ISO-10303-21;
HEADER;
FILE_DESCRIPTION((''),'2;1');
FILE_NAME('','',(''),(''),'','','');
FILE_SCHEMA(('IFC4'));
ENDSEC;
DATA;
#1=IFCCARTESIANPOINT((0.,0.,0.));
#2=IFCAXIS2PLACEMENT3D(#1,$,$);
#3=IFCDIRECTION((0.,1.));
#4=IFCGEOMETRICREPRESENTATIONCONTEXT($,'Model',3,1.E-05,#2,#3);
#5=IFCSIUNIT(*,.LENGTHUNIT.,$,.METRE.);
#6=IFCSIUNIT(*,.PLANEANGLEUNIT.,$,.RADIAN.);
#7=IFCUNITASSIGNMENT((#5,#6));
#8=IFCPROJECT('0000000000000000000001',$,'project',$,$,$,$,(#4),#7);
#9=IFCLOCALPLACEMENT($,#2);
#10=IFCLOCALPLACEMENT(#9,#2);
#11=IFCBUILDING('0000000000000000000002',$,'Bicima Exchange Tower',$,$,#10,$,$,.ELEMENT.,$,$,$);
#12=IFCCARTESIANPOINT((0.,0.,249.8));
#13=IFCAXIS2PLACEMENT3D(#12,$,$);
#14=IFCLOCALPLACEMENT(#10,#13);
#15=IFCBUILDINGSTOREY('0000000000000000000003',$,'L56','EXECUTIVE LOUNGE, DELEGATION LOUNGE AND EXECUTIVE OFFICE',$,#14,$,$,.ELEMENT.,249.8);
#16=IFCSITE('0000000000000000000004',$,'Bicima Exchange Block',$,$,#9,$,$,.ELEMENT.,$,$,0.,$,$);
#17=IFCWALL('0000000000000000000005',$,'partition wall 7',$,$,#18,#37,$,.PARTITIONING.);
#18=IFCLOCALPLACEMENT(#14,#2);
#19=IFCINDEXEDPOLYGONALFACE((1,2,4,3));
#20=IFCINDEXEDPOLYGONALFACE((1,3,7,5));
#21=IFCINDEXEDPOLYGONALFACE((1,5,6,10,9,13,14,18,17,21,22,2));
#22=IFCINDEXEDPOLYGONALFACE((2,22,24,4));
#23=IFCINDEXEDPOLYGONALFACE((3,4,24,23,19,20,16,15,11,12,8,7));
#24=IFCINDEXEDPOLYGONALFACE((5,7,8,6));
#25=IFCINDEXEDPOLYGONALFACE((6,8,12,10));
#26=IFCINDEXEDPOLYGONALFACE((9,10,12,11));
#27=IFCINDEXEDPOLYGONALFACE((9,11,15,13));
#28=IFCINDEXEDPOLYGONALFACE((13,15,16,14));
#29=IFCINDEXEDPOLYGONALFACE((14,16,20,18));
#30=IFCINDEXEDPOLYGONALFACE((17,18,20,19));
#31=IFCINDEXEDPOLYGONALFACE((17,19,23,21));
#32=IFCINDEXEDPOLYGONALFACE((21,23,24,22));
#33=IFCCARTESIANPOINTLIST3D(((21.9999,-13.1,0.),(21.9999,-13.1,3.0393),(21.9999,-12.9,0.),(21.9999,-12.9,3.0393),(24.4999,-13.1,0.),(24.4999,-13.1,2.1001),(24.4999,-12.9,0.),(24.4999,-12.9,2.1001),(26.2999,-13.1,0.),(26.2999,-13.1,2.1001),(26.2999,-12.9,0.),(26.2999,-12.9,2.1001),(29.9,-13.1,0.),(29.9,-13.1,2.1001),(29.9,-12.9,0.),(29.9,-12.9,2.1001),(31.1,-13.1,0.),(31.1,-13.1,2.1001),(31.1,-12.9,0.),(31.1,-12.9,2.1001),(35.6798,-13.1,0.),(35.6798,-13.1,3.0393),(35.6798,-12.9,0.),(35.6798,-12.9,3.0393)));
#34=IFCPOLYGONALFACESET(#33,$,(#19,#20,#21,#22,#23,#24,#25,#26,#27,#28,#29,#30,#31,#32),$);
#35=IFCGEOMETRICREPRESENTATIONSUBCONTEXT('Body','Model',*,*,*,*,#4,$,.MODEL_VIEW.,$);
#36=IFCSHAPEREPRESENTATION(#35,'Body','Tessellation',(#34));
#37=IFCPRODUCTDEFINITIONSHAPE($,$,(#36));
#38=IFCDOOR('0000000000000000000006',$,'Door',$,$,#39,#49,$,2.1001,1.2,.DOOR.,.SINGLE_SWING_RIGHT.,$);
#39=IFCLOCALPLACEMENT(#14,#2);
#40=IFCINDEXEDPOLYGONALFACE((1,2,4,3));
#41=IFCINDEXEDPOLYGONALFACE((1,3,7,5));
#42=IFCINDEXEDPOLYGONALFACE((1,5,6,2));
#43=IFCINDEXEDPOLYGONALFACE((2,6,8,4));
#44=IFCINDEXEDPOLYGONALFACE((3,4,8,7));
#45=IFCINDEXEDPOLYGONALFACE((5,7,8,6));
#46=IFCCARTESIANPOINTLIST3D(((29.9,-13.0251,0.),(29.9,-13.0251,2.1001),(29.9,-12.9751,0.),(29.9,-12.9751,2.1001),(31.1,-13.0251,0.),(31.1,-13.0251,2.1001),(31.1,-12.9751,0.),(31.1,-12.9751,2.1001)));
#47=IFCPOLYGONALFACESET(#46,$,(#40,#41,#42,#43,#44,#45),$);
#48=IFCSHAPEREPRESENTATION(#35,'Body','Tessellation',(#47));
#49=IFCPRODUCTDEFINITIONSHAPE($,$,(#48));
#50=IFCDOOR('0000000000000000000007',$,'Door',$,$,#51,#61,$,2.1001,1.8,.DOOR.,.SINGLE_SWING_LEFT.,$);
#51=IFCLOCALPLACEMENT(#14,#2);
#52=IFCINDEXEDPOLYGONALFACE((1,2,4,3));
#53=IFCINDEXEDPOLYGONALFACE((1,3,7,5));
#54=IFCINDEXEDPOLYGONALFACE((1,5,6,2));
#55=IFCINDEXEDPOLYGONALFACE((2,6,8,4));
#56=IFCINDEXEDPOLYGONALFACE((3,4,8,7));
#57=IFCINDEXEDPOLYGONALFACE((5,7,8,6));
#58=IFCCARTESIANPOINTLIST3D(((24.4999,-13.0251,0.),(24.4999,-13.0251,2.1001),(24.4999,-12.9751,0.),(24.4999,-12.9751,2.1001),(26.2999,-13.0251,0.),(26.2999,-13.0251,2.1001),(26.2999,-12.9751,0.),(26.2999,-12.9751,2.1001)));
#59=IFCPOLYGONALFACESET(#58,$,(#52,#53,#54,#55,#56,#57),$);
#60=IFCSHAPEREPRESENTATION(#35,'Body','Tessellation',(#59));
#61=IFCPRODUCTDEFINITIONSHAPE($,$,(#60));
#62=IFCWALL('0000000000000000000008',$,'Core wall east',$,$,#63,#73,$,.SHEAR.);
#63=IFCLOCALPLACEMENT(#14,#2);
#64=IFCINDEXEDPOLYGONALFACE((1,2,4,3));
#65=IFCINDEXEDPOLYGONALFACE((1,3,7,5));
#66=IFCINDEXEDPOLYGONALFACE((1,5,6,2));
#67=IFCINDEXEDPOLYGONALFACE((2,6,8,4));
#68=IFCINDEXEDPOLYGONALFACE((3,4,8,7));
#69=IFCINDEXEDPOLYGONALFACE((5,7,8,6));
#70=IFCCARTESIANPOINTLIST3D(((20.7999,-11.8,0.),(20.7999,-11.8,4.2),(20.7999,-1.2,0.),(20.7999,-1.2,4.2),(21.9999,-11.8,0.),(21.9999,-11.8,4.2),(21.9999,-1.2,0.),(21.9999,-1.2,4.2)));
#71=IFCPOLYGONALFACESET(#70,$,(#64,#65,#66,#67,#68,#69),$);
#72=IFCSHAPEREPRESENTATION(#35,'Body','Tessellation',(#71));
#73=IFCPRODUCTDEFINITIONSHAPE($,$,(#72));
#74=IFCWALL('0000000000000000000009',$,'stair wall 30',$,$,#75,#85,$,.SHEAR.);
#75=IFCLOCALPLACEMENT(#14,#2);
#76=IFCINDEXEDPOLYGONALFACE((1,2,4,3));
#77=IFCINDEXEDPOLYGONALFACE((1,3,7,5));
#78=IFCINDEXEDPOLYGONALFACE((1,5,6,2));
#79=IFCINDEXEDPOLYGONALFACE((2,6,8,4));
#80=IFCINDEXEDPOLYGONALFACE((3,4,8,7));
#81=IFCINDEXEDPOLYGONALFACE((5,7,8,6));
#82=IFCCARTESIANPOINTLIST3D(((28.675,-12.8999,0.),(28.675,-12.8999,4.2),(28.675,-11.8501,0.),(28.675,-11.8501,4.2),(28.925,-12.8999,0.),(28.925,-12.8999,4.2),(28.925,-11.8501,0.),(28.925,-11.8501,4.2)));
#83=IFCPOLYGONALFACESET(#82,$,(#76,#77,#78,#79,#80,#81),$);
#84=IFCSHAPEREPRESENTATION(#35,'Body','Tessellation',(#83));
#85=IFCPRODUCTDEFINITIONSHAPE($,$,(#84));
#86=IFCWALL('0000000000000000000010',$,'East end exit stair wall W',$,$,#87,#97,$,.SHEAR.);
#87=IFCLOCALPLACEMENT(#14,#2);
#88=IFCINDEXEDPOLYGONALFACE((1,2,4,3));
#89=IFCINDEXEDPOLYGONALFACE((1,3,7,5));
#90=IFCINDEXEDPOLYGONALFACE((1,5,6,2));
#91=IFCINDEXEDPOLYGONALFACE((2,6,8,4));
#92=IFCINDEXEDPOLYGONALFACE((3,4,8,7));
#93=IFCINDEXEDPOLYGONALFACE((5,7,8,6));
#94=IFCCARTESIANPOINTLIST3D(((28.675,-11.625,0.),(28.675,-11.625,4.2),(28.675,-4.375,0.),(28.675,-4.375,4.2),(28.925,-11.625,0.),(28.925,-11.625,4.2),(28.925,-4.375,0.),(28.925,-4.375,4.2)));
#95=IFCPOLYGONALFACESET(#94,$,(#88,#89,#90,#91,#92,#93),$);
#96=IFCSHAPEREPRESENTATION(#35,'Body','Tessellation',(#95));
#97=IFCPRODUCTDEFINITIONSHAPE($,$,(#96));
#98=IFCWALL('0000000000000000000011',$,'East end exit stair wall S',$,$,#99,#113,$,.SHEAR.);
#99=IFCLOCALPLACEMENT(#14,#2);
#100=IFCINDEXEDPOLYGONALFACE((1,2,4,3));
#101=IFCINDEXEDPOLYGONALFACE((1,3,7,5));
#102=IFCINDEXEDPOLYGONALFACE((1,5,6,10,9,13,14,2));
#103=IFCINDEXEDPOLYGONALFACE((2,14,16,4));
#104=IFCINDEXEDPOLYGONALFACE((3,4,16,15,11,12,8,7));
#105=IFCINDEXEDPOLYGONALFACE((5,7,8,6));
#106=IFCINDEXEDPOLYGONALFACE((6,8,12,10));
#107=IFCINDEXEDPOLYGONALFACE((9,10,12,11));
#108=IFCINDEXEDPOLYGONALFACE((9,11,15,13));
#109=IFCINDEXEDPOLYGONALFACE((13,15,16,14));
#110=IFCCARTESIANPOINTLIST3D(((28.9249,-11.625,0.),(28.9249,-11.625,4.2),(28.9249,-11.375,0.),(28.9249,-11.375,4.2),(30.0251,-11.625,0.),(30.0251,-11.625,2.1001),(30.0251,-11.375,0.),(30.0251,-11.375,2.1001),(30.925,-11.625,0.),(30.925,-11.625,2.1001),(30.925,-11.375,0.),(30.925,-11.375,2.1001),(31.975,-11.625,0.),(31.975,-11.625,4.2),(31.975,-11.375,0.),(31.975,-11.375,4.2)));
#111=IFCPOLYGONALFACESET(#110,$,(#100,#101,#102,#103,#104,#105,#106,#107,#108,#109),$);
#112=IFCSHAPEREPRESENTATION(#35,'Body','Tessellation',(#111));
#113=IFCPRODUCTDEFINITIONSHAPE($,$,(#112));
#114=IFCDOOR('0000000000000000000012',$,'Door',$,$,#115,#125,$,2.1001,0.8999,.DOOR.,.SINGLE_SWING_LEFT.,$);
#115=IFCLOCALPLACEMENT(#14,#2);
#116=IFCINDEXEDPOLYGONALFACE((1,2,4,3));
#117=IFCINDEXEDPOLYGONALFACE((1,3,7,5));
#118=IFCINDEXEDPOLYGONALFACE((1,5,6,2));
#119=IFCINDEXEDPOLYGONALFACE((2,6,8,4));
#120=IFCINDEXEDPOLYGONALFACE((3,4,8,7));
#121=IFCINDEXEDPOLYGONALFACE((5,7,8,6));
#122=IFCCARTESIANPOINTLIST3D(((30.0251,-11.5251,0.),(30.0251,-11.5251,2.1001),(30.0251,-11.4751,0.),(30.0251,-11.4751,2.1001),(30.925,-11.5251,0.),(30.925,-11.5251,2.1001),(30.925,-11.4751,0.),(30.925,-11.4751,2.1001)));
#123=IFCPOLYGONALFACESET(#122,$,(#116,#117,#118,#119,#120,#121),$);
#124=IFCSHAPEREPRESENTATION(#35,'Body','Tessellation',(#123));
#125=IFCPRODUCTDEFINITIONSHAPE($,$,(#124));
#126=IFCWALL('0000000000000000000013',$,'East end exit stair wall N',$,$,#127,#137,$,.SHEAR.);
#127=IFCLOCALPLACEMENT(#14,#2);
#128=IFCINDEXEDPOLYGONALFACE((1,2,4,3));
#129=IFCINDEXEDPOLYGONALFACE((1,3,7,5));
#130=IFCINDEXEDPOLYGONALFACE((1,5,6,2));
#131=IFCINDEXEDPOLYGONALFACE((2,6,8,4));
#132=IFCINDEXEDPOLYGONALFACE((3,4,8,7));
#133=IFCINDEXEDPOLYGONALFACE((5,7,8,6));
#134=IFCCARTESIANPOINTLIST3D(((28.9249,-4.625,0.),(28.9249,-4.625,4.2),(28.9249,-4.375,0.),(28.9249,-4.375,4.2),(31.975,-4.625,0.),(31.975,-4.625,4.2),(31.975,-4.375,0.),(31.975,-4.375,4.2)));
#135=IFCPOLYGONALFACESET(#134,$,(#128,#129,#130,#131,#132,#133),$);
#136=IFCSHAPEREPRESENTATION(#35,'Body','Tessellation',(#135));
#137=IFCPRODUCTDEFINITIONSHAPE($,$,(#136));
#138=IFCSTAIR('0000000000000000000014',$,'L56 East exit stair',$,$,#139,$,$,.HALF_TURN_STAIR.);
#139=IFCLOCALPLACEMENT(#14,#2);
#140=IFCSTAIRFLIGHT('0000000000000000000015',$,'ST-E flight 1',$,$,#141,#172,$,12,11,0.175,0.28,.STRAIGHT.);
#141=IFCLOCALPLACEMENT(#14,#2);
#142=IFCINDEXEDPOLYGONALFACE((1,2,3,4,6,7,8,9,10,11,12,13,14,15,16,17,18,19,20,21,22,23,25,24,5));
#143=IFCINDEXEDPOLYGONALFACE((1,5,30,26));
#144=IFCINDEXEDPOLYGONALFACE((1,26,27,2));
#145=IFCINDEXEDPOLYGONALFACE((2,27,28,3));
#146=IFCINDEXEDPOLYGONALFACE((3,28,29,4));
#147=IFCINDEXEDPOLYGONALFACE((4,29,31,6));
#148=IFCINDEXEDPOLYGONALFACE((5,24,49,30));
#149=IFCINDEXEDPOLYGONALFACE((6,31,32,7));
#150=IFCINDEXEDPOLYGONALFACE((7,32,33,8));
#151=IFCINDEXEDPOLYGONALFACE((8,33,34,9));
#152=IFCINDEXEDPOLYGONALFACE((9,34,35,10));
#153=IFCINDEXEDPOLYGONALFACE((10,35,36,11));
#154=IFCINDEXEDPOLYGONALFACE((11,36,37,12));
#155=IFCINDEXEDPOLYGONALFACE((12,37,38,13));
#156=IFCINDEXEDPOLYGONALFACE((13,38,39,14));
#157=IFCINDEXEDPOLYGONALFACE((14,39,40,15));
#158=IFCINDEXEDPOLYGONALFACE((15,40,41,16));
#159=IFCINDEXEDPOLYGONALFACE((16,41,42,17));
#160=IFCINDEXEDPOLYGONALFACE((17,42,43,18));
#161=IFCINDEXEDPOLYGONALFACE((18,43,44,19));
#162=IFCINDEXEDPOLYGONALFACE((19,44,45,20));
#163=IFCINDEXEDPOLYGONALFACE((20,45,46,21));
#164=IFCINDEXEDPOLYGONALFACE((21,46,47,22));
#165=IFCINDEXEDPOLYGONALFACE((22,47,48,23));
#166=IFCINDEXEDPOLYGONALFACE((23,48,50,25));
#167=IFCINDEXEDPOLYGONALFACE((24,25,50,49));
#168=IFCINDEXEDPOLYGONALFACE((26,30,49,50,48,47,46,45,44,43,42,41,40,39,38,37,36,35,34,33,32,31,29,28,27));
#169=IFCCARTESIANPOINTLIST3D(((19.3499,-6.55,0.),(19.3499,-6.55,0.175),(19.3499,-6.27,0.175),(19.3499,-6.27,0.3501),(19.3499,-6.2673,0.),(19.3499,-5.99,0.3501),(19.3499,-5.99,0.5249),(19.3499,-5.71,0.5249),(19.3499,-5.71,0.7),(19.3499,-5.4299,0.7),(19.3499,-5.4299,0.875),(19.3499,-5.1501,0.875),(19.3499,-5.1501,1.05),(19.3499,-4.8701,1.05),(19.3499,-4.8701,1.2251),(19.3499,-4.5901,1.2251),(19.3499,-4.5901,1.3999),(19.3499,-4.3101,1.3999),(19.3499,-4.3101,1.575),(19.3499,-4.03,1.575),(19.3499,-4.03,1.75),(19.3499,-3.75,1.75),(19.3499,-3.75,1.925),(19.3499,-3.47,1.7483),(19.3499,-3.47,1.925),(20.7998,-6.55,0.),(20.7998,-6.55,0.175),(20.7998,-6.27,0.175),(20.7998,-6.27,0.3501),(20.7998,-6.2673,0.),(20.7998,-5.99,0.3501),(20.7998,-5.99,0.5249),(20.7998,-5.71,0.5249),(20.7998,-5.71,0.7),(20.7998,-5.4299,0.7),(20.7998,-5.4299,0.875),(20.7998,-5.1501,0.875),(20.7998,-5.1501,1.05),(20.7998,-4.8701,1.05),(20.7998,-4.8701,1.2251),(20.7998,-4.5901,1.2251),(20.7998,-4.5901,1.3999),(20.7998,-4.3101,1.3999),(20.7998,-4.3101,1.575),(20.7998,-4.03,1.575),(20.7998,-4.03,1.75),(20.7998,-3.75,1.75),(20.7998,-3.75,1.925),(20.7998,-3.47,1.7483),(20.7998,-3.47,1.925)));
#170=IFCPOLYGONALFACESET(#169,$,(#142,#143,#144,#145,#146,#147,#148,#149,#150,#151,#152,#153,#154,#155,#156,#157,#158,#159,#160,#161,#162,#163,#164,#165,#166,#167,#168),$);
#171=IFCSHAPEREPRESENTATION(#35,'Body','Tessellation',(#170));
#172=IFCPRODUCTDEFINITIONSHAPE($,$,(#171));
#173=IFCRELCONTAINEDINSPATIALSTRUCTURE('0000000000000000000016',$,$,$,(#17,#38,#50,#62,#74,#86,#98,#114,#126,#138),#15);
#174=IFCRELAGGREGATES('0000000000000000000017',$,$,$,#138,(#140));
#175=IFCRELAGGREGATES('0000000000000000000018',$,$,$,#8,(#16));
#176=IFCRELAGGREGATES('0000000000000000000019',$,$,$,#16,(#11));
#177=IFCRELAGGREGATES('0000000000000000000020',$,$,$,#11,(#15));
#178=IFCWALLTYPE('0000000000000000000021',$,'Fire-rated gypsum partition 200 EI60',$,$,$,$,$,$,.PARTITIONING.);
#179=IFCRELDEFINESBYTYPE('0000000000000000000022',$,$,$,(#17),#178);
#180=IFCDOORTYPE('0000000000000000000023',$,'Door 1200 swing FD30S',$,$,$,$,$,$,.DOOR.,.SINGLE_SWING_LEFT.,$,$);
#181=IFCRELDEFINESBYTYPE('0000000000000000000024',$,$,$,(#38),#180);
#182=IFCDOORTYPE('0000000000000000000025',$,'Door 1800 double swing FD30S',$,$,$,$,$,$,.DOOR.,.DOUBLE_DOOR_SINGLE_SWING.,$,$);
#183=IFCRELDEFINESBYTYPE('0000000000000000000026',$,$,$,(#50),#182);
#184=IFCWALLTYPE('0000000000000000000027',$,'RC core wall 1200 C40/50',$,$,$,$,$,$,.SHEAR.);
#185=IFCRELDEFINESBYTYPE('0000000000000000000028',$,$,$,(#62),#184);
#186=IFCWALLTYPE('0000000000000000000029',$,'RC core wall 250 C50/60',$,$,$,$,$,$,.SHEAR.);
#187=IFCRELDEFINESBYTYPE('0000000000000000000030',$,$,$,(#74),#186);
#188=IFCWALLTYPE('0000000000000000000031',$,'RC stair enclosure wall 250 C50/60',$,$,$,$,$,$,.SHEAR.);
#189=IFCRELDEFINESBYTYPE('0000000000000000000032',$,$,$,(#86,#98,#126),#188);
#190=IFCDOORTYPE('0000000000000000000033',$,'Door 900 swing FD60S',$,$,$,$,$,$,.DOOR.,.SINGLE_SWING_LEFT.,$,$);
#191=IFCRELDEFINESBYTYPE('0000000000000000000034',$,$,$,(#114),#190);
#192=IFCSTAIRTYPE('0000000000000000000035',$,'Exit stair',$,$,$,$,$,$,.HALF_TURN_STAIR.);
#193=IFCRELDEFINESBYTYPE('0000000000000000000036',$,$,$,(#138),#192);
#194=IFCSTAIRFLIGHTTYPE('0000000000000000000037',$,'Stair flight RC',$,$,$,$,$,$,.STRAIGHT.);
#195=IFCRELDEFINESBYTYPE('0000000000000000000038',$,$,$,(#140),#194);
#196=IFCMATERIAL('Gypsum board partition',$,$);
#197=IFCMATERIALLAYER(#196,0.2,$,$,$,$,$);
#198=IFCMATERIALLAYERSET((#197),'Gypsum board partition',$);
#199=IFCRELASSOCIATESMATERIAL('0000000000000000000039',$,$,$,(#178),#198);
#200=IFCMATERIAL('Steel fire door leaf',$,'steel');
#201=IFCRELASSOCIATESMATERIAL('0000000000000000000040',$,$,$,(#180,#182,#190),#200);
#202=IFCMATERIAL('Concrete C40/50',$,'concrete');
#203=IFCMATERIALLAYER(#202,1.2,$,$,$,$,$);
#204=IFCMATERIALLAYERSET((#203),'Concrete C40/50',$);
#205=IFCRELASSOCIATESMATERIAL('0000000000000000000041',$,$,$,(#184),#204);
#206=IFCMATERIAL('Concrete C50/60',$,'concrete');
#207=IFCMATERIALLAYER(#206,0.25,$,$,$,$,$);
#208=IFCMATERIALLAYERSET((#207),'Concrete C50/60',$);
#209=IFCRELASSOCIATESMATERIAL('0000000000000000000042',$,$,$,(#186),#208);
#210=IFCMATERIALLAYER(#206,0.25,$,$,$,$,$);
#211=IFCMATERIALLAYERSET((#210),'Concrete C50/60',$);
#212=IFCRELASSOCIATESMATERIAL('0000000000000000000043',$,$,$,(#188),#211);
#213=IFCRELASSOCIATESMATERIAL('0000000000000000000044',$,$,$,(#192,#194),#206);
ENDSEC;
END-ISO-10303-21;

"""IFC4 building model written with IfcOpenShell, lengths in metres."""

from ifc_helpers import new_model, si_unit, direction, frame, frame_2d, origin, place, context, subcontext, project, spatial, polyline, rectangle, outline, extrude, material, layer, layer_set, type_object, element, fill, aggregate, save


model = new_model("IFC4")

# Units and contexts
model_context = context("Model", 3, precision=1e-05, world=origin(), true_north=direction((0.0, 1.0)))
body_context = subcontext(model_context, "Body", "Model", "MODEL_VIEW")
ifc_project = project(units=[si_unit("LENGTHUNIT", "METRE"), si_unit("PLANEANGLEUNIT", "RADIAN")], contexts=[model_context])

# Site, building, storey
site_placement = place(None, origin())
site = spatial("IfcSite", under=ifc_project, at=site_placement, Name="Bicima Exchange Block", CompositionType="ELEMENT", RefElevation=0.0)
building_placement = place(site_placement, origin())
building = spatial("IfcBuilding", under=site, at=building_placement, Name="Bicima Exchange Tower", CompositionType="ELEMENT")
storey_placement = place(building_placement, frame((0.0, 0.0, 249.8)))
storey = spatial("IfcBuildingStorey", under=building, at=storey_placement, Name="L56", Description="EXECUTIVE LOUNGE, DELEGATION LOUNGE AND EXECUTIVE OFFICE", CompositionType="ELEMENT", Elevation=249.8)

# Wall, openings, doors
ifc_material_1 = material(Name="Gypsum board partition")
ifc_layer_1 = layer(ifc_material_1, 0.2)
ifc_layer_set_1 = layer_set([ifc_layer_1], Name="Gypsum board partition")
wall_type_1 = type_object("IfcWallType", Name="Fire-rated gypsum partition 200 EI60", PredefinedType="PARTITIONING", material=ifc_layer_set_1)
wall_1_placement = place(storey_placement, frame((22.0, -13.0, 0.0), z_axis=(0.0, 0.0, 1.0), x_axis=(1.0, 0.0, 0.0)))
wall_1 = element("IfcWall", 1, at=wall_1_placement, inside=storey, type_object=wall_type_1, Name="partition wall 7", PredefinedType="PARTITIONING", context=body_context, shape_type="SweptSolid", body=[
    extrude(rectangle(XDim=13.6799, YDim=0.2, at=frame_2d((6.8398, 0.0))), origin(), (0.0, 0.0, 1.0), 3.0393),
])
opening_1_placement = place(wall_1_placement, frame((7.8999, 0.0, 0.0)))
opening_1 = element("IfcOpeningElement", 2, at=opening_1_placement, cuts=wall_1, PredefinedType="OPENING", context=body_context, shape_type="SweptSolid", body=[
    extrude(rectangle(XDim=1.2, YDim=2.1001, at=frame_2d((0.6001, 1.05))), frame((0.0, 0.1118, 0.0), z_axis=(0.0, -1.0, 0.0), x_axis=(1.0, 0.0, 0.0)), (0.0, 0.0, 1.0), 0.2239),
])
opening_2_placement = place(wall_1_placement, frame((2.5, 0.0, 0.0)))
opening_2 = element("IfcOpeningElement", 3, at=opening_2_placement, cuts=wall_1, PredefinedType="OPENING", context=body_context, shape_type="SweptSolid", body=[
    extrude(rectangle(XDim=1.8, YDim=2.1001, at=frame_2d((0.8999, 1.05))), frame((0.0, 0.1118, 0.0), z_axis=(0.0, -1.0, 0.0), x_axis=(1.0, 0.0, 0.0)), (0.0, 0.0, 1.0), 0.2239),
])
ifc_material_2 = material(Name="Steel fire door leaf", Category="steel")
door_type_1 = type_object("IfcDoorType", Name="Door 1200 swing FD30S", OperationType="SINGLE_SWING_LEFT", PredefinedType="DOOR", material=ifc_material_2)
door_1_placement = place(opening_1_placement, origin())
door_1 = element("IfcDoor", 4, at=door_1_placement, inside=storey, type_object=door_type_1, Name="Door", OperationType="SINGLE_SWING_RIGHT", OverallHeight=2.1001, OverallWidth=1.2, PredefinedType="DOOR", context=body_context, shape_type="SweptSolid", body=[
    extrude(rectangle(XDim=1.2, YDim=2.1001, at=frame_2d((0.6001, 1.05))), frame((0.0, 0.0249, 0.0), z_axis=(0.0, -1.0, 0.0), x_axis=(1.0, 0.0, 0.0)), (0.0, 0.0, 1.0), 0.05),
])
fill(opening_1, door_1)
door_type_2 = type_object("IfcDoorType", Name="Door 1800 double swing FD30S", OperationType="DOUBLE_DOOR_SINGLE_SWING", PredefinedType="DOOR", material=ifc_material_2)
door_2_placement = place(opening_2_placement, origin())
door_2 = element("IfcDoor", 5, at=door_2_placement, inside=storey, type_object=door_type_2, Name="Door", OperationType="SINGLE_SWING_LEFT", OverallHeight=2.1001, OverallWidth=1.8, PredefinedType="DOOR", context=body_context, shape_type="SweptSolid", body=[
    extrude(rectangle(XDim=1.8, YDim=2.1001, at=frame_2d((0.8999, 1.05))), frame((0.0, 0.0249, 0.0), z_axis=(0.0, -1.0, 0.0), x_axis=(1.0, 0.0, 0.0)), (0.0, 0.0, 1.0), 0.05),
])
fill(opening_2, door_2)

# Walls
ifc_material_3 = material(Name="Concrete C40/50", Category="concrete")
ifc_layer_2 = layer(ifc_material_3, 1.2)
ifc_layer_set_2 = layer_set([ifc_layer_2], Name="Concrete C40/50")
wall_type_2 = type_object("IfcWallType", Name="RC core wall 1200 C40/50", PredefinedType="SHEAR", material=ifc_layer_set_2)
wall_2_placement = place(storey_placement, frame((21.3999, -11.8, 0.0), z_axis=(0.0, 0.0, 1.0), x_axis=(0.0, 1.0, 0.0)))
element("IfcWall", 6, at=wall_2_placement, inside=storey, type_object=wall_type_2, Name="Core wall east", PredefinedType="SHEAR", context=body_context, shape_type="SweptSolid", body=[
    extrude(rectangle(XDim=10.6001, YDim=1.2, at=frame_2d((5.3, 0.0))), origin(), (0.0, 0.0, 1.0), 4.2),
])
ifc_material_4 = material(Name="Concrete C50/60", Category="concrete")
ifc_layer_3 = layer(ifc_material_4, 0.25)
ifc_layer_set_3 = layer_set([ifc_layer_3], Name="Concrete C50/60")
wall_type_3 = type_object("IfcWallType", Name="RC core wall 250 C50/60", PredefinedType="SHEAR", material=ifc_layer_set_3)
wall_3_placement = place(storey_placement, frame((28.8, -12.8999, 0.0), z_axis=(0.0, 0.0, 1.0), x_axis=(0.0, 1.0, 0.0)))
element("IfcWall", 7, at=wall_3_placement, inside=storey, type_object=wall_type_3, Name="stair wall 30", PredefinedType="SHEAR", context=body_context, shape_type="SweptSolid", body=[
    extrude(rectangle(XDim=1.0498, YDim=0.25, at=frame_2d((0.5249, 0.0))), origin(), (0.0, 0.0, 1.0), 4.2),
])
ifc_layer_4 = layer(ifc_material_4, 0.25)
ifc_layer_set_4 = layer_set([ifc_layer_4], Name="Concrete C50/60")
wall_type_4 = type_object("IfcWallType", Name="RC stair enclosure wall 250 C50/60", PredefinedType="SHEAR", material=ifc_layer_set_4)
wall_4_placement = place(storey_placement, frame((28.8, -11.625, 0.0), z_axis=(0.0, 0.0, 1.0), x_axis=(0.0, 1.0, 0.0)))
element("IfcWall", 8, at=wall_4_placement, inside=storey, type_object=wall_type_4, Name="East end exit stair wall W", PredefinedType="SHEAR", context=body_context, shape_type="SweptSolid", body=[
    extrude(rectangle(XDim=7.25, YDim=0.25, at=frame_2d((3.625, 0.0))), origin(), (0.0, 0.0, 1.0), 4.2),
])

# Wall, opening, door
wall_5_placement = place(storey_placement, frame((28.925, -11.5, 0.0), z_axis=(0.0, 0.0, 1.0), x_axis=(1.0, 0.0, 0.0)))
wall_5 = element("IfcWall", 9, at=wall_5_placement, inside=storey, type_object=wall_type_4, Name="East end exit stair wall S", PredefinedType="SHEAR", context=body_context, shape_type="SweptSolid", body=[
    extrude(rectangle(XDim=3.05, YDim=0.25, at=frame_2d((1.5249, 0.0))), origin(), (0.0, 0.0, 1.0), 4.2),
])
opening_3_placement = place(wall_5_placement, frame((1.1001, 0.0, 0.0)))
opening_3 = element("IfcOpeningElement", 10, at=opening_3_placement, cuts=wall_5, PredefinedType="OPENING", context=body_context, shape_type="SweptSolid", body=[
    extrude(rectangle(XDim=0.8999, YDim=2.1001, at=frame_2d((0.45, 1.05))), frame((0.0, 0.137, 0.0), z_axis=(0.0, -1.0, 0.0), x_axis=(1.0, 0.0, 0.0)), (0.0, 0.0, 1.0), 0.2739),
])
door_type_3 = type_object("IfcDoorType", Name="Door 900 swing FD60S", OperationType="SINGLE_SWING_LEFT", PredefinedType="DOOR", material=ifc_material_2)
door_3_placement = place(opening_3_placement, origin())
door_3 = element("IfcDoor", 11, at=door_3_placement, inside=storey, type_object=door_type_3, Name="Door", OperationType="SINGLE_SWING_LEFT", OverallHeight=2.1001, OverallWidth=0.8999, PredefinedType="DOOR", context=body_context, shape_type="SweptSolid", body=[
    extrude(rectangle(XDim=0.8999, YDim=2.1001, at=frame_2d((0.45, 1.05))), frame((0.0, 0.0249, 0.0), z_axis=(0.0, -1.0, 0.0), x_axis=(1.0, 0.0, 0.0)), (0.0, 0.0, 1.0), 0.05),
])
fill(opening_3, door_3)

# Wall
wall_6_placement = place(storey_placement, frame((28.925, -4.5, 0.0), z_axis=(0.0, 0.0, 1.0), x_axis=(1.0, 0.0, 0.0)))
element("IfcWall", 12, at=wall_6_placement, inside=storey, type_object=wall_type_4, Name="East end exit stair wall N", PredefinedType="SHEAR", context=body_context, shape_type="SweptSolid", body=[
    extrude(rectangle(XDim=3.05, YDim=0.25, at=frame_2d((1.5249, 0.0))), origin(), (0.0, 0.0, 1.0), 4.2),
])

# Stair, stair flight
stair_type = type_object("IfcStairType", Name="Exit stair", PredefinedType="HALF_TURN_STAIR", material=ifc_material_4)
stair_placement = place(storey_placement, origin())
stair = element("IfcStair", 13, at=stair_placement, inside=storey, type_object=stair_type, Name="L56 East exit stair", PredefinedType="HALF_TURN_STAIR")
stair_flight_type = type_object("IfcStairFlightType", Name="Stair flight RC", PredefinedType="STRAIGHT", material=ifc_material_4)
stair_flight_1_placement = place(storey_placement, frame((20.075, -6.55, 0.0), z_axis=(0.0, 0.0, 1.0), x_axis=(0.0, 1.0, 0.0)))
stair_flight_1 = element("IfcStairFlight", 14, at=stair_flight_1_placement, type_object=stair_flight_type, Name="ST-E flight 1", NumberOfRisers=12, NumberOfTreads=11, PredefinedType="STRAIGHT", RiserHeight=0.175, TreadLength=0.28, context=body_context, shape_type="SweptSolid", body=[
    extrude(outline(polyline([(0.0, 0.0), (0.0, 0.175), (0.28, 0.175), (0.28, 0.3501), (0.5601, 0.3501), (0.5601, 0.5249), (0.8401, 0.5249), (0.8401, 0.7), (1.1201, 0.7), (1.1201, 0.875), (1.3999, 0.875), (1.3999, 1.05), (1.6799, 1.05), (1.6799, 1.2251), (1.96, 1.2251), (1.96, 1.3999), (2.24, 1.3999), (2.24, 1.575), (2.52, 1.575), (2.52, 1.75), (2.8, 1.75), (2.8, 1.925), (3.0801, 1.925), (3.0801, 2.1001), (3.0801, 1.7483), (0.2827, 0.0), (0.0, 0.0)])), frame((0.0, 0.7251, 0.0), z_axis=(0.0, -1.0, 0.0), x_axis=(1.0, 0.0, 0.0)), (0.0, 0.0, 1.0), 1.45),
])
aggregate(stair, [stair_flight_1])

save(model, "model.ifc")
